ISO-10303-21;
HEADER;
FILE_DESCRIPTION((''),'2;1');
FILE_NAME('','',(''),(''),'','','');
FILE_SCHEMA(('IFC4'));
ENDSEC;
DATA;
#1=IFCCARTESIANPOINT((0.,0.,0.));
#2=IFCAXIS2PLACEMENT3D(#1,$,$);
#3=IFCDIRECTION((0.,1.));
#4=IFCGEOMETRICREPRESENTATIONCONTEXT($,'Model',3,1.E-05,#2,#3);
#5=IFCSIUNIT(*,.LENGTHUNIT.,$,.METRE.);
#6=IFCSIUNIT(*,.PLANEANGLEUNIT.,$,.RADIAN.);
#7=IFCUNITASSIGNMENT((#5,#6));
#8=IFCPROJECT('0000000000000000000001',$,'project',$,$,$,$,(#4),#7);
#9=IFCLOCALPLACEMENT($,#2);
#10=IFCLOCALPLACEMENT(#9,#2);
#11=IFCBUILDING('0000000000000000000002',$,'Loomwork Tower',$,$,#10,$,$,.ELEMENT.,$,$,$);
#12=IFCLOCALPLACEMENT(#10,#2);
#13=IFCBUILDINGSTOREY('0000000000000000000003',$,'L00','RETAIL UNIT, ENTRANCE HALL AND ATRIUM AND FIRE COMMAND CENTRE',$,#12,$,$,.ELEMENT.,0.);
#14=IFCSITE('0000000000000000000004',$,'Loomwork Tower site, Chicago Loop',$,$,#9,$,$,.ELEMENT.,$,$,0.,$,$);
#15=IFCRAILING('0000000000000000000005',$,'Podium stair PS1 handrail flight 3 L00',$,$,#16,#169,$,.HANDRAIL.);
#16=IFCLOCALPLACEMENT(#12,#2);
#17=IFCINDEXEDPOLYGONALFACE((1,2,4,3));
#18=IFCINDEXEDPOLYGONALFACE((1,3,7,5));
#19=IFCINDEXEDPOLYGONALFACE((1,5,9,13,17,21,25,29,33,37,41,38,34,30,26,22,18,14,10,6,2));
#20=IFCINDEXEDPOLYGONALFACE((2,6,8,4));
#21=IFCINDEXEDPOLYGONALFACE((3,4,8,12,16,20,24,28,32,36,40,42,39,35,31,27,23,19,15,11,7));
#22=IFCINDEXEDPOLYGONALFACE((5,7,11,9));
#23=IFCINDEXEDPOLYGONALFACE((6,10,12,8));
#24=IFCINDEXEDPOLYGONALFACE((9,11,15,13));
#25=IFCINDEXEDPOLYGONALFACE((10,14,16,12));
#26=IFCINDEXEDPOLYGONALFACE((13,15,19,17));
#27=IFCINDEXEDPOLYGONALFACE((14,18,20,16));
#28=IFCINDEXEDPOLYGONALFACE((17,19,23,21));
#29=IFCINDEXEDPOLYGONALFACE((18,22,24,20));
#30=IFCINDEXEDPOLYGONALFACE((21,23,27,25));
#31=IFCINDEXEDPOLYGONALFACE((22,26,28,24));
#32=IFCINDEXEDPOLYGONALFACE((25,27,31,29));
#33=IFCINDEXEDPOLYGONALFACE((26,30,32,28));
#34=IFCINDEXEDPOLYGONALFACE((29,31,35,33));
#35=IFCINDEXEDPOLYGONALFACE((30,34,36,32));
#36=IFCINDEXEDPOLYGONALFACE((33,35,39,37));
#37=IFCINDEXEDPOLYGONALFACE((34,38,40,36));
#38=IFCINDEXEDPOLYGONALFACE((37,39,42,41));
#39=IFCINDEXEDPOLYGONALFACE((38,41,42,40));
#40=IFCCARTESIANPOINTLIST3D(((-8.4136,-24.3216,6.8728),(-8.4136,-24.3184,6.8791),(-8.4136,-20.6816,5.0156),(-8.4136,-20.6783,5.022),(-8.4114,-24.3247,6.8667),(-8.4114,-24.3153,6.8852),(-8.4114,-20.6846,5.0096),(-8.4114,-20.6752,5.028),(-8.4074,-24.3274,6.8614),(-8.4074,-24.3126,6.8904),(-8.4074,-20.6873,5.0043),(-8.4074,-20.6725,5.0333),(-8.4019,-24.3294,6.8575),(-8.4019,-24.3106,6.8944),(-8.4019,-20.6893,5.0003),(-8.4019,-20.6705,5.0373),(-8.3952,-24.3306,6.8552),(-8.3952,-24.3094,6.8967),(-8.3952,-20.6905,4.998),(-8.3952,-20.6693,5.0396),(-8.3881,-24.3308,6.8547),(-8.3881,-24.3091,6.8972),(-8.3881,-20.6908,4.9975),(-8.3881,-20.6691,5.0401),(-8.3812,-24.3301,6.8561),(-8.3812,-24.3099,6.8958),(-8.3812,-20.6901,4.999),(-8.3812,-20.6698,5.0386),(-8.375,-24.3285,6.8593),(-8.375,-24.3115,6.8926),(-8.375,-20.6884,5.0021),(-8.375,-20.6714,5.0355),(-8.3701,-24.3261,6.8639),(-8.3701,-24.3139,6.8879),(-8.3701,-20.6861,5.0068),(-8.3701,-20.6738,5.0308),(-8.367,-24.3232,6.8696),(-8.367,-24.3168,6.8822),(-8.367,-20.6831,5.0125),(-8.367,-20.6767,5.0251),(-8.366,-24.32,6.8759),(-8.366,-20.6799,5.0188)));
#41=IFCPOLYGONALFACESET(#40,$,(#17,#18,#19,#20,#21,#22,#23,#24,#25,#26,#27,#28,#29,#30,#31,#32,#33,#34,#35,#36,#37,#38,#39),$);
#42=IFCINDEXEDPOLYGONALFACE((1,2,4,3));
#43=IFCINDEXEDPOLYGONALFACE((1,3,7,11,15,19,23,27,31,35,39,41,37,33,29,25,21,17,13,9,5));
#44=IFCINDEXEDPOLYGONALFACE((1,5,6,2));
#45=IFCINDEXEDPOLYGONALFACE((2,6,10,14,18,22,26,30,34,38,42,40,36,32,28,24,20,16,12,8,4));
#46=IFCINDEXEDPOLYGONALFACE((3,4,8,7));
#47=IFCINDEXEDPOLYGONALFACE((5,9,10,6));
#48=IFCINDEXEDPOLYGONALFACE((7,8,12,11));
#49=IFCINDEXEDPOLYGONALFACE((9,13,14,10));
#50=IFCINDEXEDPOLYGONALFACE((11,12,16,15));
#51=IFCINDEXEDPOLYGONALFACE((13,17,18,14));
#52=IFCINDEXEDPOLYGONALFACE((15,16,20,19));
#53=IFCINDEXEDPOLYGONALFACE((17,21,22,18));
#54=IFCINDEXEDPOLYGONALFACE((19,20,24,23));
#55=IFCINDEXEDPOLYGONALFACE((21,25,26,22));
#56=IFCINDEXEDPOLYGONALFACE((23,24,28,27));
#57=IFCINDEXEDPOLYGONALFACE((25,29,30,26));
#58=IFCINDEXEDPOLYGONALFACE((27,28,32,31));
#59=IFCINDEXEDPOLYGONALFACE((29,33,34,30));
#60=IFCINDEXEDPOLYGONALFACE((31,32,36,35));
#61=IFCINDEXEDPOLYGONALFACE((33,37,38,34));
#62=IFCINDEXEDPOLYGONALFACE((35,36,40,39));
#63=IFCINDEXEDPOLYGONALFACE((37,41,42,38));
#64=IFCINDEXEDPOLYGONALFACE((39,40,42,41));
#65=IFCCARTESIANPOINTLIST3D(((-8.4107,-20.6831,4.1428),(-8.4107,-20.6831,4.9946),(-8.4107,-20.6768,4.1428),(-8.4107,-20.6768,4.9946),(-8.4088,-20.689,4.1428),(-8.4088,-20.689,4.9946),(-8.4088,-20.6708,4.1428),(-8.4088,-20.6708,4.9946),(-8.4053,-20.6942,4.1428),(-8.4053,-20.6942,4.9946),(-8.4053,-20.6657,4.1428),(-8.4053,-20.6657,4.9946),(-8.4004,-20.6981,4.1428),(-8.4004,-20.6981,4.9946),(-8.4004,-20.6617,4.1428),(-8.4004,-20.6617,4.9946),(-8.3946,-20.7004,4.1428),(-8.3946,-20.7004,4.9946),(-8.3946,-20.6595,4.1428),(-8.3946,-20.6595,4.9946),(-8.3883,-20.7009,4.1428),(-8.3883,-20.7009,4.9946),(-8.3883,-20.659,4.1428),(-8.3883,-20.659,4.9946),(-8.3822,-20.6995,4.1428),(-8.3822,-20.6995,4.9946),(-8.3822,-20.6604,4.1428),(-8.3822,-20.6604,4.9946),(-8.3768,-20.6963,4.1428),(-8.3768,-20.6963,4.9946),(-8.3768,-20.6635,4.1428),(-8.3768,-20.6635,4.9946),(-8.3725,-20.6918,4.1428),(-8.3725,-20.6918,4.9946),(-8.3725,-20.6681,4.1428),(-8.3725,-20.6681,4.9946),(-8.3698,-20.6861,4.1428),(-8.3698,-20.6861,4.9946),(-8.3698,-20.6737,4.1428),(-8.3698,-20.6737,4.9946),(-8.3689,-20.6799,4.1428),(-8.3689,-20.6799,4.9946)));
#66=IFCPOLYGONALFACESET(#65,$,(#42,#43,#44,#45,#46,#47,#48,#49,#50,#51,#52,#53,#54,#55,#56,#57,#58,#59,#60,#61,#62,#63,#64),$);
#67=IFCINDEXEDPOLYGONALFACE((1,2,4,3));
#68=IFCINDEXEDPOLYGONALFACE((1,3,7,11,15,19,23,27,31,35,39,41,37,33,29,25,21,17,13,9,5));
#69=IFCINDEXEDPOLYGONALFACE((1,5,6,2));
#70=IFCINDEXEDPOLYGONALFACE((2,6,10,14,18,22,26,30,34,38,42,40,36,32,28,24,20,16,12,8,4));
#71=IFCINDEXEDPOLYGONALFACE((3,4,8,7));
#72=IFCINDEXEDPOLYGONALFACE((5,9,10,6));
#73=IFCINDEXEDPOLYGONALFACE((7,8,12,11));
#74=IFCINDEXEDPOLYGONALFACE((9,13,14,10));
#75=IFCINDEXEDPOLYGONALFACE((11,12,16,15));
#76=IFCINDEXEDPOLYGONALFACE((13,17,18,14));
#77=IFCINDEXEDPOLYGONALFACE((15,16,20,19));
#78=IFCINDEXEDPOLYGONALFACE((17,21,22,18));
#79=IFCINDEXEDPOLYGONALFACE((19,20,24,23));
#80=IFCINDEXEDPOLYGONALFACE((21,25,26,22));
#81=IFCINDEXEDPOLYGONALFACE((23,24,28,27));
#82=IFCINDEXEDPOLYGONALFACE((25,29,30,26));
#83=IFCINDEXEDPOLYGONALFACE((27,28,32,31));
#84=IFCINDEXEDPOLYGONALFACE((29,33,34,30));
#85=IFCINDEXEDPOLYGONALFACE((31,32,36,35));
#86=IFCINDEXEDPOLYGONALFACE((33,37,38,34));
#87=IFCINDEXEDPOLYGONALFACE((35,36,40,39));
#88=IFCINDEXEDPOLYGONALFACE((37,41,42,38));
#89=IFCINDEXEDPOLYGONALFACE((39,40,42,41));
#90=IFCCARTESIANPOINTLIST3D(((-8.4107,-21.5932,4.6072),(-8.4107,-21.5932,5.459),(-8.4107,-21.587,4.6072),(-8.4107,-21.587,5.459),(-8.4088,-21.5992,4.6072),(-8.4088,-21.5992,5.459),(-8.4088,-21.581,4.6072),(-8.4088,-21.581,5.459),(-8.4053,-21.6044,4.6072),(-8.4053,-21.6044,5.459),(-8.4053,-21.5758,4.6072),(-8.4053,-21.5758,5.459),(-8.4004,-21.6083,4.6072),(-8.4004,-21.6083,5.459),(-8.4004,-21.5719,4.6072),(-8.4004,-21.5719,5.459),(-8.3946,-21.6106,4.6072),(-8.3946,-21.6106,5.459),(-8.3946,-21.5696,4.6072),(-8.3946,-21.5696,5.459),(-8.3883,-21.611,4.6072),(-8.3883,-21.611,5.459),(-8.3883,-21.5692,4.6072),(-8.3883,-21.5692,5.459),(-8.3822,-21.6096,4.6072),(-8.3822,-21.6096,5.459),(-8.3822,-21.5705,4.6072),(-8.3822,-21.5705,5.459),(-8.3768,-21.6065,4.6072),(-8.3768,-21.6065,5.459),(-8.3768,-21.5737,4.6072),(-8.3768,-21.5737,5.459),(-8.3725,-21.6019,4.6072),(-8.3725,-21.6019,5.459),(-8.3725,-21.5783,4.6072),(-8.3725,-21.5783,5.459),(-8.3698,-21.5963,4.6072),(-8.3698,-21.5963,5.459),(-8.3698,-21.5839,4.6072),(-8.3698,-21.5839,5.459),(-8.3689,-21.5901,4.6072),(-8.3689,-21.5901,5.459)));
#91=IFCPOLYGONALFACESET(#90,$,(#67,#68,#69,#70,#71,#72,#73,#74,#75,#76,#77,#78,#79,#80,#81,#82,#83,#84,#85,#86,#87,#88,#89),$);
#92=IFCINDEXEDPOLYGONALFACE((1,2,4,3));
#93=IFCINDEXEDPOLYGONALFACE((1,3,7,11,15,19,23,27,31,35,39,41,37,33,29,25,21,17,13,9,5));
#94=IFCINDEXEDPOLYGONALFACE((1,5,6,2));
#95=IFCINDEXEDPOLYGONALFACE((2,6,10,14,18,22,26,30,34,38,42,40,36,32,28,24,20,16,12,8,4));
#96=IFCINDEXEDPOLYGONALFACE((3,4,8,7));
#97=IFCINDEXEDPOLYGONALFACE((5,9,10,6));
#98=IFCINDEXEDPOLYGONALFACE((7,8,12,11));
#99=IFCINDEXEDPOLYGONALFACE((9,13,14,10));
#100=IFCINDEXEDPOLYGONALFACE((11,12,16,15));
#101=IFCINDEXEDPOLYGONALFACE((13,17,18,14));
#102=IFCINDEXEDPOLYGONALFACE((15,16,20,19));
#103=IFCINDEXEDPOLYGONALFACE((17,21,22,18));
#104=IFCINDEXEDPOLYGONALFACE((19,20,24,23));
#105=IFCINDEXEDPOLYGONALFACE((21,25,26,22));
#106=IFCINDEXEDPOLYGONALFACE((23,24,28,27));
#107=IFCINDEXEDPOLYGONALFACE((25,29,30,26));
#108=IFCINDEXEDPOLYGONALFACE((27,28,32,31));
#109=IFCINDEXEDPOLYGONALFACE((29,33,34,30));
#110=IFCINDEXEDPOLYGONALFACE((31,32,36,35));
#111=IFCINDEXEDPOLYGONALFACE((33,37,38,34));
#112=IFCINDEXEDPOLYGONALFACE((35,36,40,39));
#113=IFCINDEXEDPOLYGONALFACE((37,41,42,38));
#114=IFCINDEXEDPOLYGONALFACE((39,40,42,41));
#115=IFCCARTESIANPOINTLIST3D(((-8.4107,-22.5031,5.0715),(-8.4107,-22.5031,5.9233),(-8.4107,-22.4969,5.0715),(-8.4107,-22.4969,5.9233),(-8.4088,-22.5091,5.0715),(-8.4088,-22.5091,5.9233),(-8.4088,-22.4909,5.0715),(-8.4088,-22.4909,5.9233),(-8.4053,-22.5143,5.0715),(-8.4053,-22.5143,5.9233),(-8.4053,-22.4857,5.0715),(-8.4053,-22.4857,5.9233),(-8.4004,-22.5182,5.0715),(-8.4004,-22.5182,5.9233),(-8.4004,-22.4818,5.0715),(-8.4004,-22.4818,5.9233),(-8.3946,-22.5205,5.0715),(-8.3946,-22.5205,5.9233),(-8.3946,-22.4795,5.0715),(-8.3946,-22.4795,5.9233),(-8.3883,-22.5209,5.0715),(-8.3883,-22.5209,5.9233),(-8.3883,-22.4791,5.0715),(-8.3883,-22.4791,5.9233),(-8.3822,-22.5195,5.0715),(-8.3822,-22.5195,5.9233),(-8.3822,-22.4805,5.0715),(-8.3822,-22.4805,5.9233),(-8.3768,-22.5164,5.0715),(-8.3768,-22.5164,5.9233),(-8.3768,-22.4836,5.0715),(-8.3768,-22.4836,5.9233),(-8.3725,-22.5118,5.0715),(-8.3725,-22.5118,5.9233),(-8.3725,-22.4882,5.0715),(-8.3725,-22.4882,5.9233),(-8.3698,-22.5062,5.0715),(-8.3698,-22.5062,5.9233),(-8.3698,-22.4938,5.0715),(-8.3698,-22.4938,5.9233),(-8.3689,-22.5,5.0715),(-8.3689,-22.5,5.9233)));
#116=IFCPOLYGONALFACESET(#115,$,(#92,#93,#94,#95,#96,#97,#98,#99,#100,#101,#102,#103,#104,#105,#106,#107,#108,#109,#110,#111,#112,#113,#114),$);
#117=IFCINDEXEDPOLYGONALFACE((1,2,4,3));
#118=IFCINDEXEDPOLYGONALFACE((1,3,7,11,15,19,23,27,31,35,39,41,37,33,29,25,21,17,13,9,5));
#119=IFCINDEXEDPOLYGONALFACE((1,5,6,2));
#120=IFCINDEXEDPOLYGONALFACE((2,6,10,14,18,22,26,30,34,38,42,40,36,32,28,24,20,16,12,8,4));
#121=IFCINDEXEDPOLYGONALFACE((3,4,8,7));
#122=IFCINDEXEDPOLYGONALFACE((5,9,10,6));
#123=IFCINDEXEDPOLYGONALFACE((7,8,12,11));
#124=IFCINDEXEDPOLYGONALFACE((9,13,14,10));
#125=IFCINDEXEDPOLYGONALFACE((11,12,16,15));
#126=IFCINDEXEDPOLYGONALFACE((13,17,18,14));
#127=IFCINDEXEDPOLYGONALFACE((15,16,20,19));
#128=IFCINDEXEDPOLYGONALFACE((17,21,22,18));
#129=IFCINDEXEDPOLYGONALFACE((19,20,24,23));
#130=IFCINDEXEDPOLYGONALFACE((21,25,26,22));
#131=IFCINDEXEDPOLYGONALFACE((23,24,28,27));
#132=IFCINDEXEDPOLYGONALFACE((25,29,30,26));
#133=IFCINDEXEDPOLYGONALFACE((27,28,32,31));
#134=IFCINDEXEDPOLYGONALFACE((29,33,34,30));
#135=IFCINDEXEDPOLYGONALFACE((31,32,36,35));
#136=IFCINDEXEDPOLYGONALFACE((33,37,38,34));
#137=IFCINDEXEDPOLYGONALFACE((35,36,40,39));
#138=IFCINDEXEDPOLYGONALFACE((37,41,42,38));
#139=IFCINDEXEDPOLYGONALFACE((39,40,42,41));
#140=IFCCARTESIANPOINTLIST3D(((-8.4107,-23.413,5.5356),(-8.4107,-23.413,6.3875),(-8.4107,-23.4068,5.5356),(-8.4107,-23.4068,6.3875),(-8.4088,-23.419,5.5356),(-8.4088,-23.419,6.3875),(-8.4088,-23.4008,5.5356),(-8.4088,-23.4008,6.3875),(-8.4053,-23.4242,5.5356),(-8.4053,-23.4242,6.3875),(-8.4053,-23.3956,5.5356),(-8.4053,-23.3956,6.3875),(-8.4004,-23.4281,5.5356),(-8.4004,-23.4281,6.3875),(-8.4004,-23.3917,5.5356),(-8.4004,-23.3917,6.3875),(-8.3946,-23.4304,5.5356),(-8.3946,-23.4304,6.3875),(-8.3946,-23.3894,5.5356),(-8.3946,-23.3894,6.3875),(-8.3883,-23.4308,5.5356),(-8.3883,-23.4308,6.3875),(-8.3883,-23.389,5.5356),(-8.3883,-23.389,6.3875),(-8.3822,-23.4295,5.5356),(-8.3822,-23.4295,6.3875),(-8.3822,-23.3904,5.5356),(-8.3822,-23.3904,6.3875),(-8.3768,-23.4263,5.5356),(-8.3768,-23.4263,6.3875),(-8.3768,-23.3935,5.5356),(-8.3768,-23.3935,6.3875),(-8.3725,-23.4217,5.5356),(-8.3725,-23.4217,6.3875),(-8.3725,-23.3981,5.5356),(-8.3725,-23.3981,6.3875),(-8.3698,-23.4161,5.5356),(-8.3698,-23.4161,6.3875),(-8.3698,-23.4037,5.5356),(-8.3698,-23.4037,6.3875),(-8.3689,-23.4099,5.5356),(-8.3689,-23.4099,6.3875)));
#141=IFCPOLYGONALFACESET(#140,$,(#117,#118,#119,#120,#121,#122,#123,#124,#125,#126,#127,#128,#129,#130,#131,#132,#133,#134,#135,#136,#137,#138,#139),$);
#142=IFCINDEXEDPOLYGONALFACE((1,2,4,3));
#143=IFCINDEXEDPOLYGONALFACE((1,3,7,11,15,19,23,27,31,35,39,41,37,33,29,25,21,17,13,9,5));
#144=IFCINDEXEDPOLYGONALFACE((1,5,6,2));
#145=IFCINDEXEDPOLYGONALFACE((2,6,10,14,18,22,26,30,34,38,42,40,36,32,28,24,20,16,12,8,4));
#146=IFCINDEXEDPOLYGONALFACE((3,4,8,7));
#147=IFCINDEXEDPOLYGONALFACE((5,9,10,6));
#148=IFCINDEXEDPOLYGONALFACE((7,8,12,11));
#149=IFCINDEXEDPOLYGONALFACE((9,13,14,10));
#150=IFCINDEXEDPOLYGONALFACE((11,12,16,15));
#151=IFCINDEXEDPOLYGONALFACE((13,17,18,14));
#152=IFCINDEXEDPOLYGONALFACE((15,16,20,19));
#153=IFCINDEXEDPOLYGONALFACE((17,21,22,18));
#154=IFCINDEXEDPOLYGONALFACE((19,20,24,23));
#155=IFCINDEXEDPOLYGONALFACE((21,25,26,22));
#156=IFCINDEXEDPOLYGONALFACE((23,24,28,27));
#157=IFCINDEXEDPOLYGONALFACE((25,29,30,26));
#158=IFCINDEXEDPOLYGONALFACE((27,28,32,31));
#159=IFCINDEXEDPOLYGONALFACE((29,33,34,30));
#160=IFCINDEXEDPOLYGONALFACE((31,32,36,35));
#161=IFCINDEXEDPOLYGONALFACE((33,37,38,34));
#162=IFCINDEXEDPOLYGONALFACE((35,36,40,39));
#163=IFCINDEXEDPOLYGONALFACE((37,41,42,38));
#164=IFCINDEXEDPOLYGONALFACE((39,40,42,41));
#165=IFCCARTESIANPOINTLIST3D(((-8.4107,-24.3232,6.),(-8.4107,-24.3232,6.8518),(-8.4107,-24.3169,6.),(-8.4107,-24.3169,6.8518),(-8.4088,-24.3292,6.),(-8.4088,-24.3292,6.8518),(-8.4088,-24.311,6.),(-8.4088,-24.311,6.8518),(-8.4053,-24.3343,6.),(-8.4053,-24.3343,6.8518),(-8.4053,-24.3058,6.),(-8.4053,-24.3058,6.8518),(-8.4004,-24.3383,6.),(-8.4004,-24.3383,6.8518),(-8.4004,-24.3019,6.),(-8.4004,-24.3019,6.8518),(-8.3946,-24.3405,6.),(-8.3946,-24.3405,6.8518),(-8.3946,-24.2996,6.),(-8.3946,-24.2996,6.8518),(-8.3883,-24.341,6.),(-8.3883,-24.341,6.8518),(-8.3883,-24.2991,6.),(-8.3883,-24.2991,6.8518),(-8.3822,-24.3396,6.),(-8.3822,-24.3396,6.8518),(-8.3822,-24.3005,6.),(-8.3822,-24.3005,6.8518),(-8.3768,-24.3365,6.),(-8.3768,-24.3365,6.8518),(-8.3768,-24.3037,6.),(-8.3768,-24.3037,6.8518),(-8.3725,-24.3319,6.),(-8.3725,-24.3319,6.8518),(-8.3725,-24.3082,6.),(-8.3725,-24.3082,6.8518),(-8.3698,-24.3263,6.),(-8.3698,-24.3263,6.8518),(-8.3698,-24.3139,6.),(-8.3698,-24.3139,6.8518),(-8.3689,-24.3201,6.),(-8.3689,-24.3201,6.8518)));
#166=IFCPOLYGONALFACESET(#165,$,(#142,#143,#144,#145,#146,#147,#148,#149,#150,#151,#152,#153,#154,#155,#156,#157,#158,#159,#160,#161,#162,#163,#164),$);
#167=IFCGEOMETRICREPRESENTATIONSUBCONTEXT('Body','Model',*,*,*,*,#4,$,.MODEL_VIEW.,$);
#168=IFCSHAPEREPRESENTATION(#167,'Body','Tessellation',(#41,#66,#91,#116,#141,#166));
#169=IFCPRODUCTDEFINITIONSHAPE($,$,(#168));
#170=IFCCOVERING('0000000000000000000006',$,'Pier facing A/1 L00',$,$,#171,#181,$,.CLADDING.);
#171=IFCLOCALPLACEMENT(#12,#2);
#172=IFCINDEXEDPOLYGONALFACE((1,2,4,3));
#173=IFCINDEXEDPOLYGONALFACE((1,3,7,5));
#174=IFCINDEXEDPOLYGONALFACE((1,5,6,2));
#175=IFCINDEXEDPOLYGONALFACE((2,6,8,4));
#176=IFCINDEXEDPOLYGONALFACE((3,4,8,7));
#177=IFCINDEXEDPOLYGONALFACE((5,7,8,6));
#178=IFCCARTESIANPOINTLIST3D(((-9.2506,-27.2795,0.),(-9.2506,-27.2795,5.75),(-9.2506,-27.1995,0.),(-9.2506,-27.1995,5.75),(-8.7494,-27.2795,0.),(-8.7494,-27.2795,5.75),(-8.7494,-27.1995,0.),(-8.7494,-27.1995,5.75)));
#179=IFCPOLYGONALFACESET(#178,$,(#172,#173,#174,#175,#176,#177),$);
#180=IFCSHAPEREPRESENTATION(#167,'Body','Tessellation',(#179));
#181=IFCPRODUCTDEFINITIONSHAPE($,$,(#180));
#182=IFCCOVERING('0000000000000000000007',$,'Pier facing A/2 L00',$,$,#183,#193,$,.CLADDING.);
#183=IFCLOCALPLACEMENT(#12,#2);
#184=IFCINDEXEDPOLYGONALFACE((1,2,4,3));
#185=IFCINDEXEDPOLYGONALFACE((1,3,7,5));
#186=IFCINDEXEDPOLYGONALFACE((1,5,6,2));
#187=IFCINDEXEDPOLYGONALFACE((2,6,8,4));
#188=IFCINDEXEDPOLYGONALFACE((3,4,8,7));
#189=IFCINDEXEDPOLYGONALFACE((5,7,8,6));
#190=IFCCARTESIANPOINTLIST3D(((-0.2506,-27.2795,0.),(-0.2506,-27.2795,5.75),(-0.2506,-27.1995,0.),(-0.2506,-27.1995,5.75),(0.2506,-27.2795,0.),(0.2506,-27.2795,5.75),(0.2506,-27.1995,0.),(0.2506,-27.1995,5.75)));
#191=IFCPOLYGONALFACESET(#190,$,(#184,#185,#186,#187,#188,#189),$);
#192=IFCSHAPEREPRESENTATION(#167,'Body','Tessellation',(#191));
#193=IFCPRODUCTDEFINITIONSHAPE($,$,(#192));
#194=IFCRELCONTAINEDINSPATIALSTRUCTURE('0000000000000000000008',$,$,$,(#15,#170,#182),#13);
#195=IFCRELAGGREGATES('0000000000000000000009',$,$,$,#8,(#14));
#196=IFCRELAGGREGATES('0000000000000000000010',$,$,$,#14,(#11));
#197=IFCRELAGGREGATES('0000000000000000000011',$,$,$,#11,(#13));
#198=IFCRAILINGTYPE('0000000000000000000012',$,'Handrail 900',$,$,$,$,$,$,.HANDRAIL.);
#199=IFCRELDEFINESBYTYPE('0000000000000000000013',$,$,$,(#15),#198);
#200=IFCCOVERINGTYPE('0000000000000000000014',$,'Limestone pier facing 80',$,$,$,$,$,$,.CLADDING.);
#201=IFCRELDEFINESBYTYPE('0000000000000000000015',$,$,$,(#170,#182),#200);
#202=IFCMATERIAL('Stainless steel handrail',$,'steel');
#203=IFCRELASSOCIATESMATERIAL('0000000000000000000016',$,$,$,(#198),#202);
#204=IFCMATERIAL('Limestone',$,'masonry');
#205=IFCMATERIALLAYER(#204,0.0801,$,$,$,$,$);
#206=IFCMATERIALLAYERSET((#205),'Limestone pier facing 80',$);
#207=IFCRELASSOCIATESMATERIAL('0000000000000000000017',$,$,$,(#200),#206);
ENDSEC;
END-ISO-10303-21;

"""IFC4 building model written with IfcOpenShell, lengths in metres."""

from ifc_helpers import new_model, si_unit, direction, frame, origin, origin_2d, place, context, subcontext, project, spatial, rectangle, circle, extrude, material, layer, layer_set, type_object, element, save


model = new_model("IFC4")

# Units and contexts
model_context = context("Model", 3, precision=1e-05, world=origin(), true_north=direction((0.0, 1.0)))
body_context = subcontext(model_context, "Body", "Model", "MODEL_VIEW")
ifc_project = project(units=[si_unit("LENGTHUNIT", "METRE"), si_unit("PLANEANGLEUNIT", "RADIAN")], contexts=[model_context])

# Site, building, storey
site_placement = place(None, origin())
site = spatial("IfcSite", under=ifc_project, at=site_placement, Name="Loomwork Tower site, Chicago Loop", CompositionType="ELEMENT", RefElevation=0.0)
building_placement = place(site_placement, origin())
building = spatial("IfcBuilding", under=site, at=building_placement, Name="Loomwork Tower", CompositionType="ELEMENT")
storey_placement = place(building_placement, origin())
storey = spatial("IfcBuildingStorey", under=building, at=storey_placement, Name="L00", Description="RETAIL UNIT, ENTRANCE HALL AND ATRIUM AND FIRE COMMAND CENTRE", CompositionType="ELEMENT", Elevation=0.0)

# Railing
ifc_material_1 = material(Name="Stainless steel handrail", Category="steel")
railing_type = type_object("IfcRailingType", Name="Handrail 900", PredefinedType="HANDRAIL", material=ifc_material_1)
railing_1_placement = place(storey_placement, frame((-8.3899, -20.6799, 4.1428)))
element("IfcRailing", 1, at=railing_1_placement, inside=storey, type_object=railing_type, Name="Podium stair PS1 handrail flight 3 L00", PredefinedType="HANDRAIL", context=body_context, shape_type="SweptSolid", body=[
    extrude(circle(Radius=0.0239, at=origin_2d()), frame((0.0, 0.0, 0.876), z_axis=(0.0, -0.890765, 0.454464), x_axis=(1.0, 0.0, 0.0)), (0.0, 0.0, 1.0), 4.0864),
    extrude(circle(Radius=0.021, at=origin_2d()), origin(), (0.0, 0.0, 1.0), 0.8518),
    extrude(circle(Radius=0.021, at=origin_2d()), frame((0.0, -0.9102, 0.4644)), (0.0, 0.0, 1.0), 0.8518),
    extrude(circle(Radius=0.021, at=origin_2d()), frame((0.0, -1.8201, 0.9287)), (0.0, 0.0, 1.0), 0.8518),
    extrude(circle(Radius=0.021, at=origin_2d()), frame((0.0, -2.73, 1.3928)), (0.0, 0.0, 1.0), 0.8518),
    extrude(circle(Radius=0.021, at=origin_2d()), frame((0.0, -3.6401, 1.8572)), (0.0, 0.0, 1.0), 0.8518),
])

# Coverings
ifc_material_2 = material(Name="Limestone", Category="masonry")
ifc_layer_1 = layer(ifc_material_2, 0.0801)
ifc_layer_set_1 = layer_set([ifc_layer_1], Name="Limestone pier facing 80")
covering_type = type_object("IfcCoveringType", Name="Limestone pier facing 80", PredefinedType="CLADDING", material=ifc_layer_set_1)
for number, where, z_axis, x_axis, name in (
    (2, (-9.0, -27.2395, 0.0), (0.0, 0.0, 1.0), (1.0, 0.0, 0.0), "Pier facing A/1 L00"),
    (3, (0.0, -27.2395, 0.0), (0.0, 0.0, 1.0), (1.0, 0.0, 0.0), "Pier facing A/2 L00"),
):
    element("IfcCovering", number, at=place(storey_placement, frame(where, z_axis=z_axis, x_axis=x_axis)), inside=storey, type_object=covering_type, Name=name, PredefinedType="CLADDING", context=body_context, shape_type="SweptSolid", body=[
        extrude(rectangle(XDim=0.5012, YDim=0.0801, at=origin_2d()), origin(), (0.0, 0.0, 1.0), 5.75),
    ])

save(model, "model.ifc")
